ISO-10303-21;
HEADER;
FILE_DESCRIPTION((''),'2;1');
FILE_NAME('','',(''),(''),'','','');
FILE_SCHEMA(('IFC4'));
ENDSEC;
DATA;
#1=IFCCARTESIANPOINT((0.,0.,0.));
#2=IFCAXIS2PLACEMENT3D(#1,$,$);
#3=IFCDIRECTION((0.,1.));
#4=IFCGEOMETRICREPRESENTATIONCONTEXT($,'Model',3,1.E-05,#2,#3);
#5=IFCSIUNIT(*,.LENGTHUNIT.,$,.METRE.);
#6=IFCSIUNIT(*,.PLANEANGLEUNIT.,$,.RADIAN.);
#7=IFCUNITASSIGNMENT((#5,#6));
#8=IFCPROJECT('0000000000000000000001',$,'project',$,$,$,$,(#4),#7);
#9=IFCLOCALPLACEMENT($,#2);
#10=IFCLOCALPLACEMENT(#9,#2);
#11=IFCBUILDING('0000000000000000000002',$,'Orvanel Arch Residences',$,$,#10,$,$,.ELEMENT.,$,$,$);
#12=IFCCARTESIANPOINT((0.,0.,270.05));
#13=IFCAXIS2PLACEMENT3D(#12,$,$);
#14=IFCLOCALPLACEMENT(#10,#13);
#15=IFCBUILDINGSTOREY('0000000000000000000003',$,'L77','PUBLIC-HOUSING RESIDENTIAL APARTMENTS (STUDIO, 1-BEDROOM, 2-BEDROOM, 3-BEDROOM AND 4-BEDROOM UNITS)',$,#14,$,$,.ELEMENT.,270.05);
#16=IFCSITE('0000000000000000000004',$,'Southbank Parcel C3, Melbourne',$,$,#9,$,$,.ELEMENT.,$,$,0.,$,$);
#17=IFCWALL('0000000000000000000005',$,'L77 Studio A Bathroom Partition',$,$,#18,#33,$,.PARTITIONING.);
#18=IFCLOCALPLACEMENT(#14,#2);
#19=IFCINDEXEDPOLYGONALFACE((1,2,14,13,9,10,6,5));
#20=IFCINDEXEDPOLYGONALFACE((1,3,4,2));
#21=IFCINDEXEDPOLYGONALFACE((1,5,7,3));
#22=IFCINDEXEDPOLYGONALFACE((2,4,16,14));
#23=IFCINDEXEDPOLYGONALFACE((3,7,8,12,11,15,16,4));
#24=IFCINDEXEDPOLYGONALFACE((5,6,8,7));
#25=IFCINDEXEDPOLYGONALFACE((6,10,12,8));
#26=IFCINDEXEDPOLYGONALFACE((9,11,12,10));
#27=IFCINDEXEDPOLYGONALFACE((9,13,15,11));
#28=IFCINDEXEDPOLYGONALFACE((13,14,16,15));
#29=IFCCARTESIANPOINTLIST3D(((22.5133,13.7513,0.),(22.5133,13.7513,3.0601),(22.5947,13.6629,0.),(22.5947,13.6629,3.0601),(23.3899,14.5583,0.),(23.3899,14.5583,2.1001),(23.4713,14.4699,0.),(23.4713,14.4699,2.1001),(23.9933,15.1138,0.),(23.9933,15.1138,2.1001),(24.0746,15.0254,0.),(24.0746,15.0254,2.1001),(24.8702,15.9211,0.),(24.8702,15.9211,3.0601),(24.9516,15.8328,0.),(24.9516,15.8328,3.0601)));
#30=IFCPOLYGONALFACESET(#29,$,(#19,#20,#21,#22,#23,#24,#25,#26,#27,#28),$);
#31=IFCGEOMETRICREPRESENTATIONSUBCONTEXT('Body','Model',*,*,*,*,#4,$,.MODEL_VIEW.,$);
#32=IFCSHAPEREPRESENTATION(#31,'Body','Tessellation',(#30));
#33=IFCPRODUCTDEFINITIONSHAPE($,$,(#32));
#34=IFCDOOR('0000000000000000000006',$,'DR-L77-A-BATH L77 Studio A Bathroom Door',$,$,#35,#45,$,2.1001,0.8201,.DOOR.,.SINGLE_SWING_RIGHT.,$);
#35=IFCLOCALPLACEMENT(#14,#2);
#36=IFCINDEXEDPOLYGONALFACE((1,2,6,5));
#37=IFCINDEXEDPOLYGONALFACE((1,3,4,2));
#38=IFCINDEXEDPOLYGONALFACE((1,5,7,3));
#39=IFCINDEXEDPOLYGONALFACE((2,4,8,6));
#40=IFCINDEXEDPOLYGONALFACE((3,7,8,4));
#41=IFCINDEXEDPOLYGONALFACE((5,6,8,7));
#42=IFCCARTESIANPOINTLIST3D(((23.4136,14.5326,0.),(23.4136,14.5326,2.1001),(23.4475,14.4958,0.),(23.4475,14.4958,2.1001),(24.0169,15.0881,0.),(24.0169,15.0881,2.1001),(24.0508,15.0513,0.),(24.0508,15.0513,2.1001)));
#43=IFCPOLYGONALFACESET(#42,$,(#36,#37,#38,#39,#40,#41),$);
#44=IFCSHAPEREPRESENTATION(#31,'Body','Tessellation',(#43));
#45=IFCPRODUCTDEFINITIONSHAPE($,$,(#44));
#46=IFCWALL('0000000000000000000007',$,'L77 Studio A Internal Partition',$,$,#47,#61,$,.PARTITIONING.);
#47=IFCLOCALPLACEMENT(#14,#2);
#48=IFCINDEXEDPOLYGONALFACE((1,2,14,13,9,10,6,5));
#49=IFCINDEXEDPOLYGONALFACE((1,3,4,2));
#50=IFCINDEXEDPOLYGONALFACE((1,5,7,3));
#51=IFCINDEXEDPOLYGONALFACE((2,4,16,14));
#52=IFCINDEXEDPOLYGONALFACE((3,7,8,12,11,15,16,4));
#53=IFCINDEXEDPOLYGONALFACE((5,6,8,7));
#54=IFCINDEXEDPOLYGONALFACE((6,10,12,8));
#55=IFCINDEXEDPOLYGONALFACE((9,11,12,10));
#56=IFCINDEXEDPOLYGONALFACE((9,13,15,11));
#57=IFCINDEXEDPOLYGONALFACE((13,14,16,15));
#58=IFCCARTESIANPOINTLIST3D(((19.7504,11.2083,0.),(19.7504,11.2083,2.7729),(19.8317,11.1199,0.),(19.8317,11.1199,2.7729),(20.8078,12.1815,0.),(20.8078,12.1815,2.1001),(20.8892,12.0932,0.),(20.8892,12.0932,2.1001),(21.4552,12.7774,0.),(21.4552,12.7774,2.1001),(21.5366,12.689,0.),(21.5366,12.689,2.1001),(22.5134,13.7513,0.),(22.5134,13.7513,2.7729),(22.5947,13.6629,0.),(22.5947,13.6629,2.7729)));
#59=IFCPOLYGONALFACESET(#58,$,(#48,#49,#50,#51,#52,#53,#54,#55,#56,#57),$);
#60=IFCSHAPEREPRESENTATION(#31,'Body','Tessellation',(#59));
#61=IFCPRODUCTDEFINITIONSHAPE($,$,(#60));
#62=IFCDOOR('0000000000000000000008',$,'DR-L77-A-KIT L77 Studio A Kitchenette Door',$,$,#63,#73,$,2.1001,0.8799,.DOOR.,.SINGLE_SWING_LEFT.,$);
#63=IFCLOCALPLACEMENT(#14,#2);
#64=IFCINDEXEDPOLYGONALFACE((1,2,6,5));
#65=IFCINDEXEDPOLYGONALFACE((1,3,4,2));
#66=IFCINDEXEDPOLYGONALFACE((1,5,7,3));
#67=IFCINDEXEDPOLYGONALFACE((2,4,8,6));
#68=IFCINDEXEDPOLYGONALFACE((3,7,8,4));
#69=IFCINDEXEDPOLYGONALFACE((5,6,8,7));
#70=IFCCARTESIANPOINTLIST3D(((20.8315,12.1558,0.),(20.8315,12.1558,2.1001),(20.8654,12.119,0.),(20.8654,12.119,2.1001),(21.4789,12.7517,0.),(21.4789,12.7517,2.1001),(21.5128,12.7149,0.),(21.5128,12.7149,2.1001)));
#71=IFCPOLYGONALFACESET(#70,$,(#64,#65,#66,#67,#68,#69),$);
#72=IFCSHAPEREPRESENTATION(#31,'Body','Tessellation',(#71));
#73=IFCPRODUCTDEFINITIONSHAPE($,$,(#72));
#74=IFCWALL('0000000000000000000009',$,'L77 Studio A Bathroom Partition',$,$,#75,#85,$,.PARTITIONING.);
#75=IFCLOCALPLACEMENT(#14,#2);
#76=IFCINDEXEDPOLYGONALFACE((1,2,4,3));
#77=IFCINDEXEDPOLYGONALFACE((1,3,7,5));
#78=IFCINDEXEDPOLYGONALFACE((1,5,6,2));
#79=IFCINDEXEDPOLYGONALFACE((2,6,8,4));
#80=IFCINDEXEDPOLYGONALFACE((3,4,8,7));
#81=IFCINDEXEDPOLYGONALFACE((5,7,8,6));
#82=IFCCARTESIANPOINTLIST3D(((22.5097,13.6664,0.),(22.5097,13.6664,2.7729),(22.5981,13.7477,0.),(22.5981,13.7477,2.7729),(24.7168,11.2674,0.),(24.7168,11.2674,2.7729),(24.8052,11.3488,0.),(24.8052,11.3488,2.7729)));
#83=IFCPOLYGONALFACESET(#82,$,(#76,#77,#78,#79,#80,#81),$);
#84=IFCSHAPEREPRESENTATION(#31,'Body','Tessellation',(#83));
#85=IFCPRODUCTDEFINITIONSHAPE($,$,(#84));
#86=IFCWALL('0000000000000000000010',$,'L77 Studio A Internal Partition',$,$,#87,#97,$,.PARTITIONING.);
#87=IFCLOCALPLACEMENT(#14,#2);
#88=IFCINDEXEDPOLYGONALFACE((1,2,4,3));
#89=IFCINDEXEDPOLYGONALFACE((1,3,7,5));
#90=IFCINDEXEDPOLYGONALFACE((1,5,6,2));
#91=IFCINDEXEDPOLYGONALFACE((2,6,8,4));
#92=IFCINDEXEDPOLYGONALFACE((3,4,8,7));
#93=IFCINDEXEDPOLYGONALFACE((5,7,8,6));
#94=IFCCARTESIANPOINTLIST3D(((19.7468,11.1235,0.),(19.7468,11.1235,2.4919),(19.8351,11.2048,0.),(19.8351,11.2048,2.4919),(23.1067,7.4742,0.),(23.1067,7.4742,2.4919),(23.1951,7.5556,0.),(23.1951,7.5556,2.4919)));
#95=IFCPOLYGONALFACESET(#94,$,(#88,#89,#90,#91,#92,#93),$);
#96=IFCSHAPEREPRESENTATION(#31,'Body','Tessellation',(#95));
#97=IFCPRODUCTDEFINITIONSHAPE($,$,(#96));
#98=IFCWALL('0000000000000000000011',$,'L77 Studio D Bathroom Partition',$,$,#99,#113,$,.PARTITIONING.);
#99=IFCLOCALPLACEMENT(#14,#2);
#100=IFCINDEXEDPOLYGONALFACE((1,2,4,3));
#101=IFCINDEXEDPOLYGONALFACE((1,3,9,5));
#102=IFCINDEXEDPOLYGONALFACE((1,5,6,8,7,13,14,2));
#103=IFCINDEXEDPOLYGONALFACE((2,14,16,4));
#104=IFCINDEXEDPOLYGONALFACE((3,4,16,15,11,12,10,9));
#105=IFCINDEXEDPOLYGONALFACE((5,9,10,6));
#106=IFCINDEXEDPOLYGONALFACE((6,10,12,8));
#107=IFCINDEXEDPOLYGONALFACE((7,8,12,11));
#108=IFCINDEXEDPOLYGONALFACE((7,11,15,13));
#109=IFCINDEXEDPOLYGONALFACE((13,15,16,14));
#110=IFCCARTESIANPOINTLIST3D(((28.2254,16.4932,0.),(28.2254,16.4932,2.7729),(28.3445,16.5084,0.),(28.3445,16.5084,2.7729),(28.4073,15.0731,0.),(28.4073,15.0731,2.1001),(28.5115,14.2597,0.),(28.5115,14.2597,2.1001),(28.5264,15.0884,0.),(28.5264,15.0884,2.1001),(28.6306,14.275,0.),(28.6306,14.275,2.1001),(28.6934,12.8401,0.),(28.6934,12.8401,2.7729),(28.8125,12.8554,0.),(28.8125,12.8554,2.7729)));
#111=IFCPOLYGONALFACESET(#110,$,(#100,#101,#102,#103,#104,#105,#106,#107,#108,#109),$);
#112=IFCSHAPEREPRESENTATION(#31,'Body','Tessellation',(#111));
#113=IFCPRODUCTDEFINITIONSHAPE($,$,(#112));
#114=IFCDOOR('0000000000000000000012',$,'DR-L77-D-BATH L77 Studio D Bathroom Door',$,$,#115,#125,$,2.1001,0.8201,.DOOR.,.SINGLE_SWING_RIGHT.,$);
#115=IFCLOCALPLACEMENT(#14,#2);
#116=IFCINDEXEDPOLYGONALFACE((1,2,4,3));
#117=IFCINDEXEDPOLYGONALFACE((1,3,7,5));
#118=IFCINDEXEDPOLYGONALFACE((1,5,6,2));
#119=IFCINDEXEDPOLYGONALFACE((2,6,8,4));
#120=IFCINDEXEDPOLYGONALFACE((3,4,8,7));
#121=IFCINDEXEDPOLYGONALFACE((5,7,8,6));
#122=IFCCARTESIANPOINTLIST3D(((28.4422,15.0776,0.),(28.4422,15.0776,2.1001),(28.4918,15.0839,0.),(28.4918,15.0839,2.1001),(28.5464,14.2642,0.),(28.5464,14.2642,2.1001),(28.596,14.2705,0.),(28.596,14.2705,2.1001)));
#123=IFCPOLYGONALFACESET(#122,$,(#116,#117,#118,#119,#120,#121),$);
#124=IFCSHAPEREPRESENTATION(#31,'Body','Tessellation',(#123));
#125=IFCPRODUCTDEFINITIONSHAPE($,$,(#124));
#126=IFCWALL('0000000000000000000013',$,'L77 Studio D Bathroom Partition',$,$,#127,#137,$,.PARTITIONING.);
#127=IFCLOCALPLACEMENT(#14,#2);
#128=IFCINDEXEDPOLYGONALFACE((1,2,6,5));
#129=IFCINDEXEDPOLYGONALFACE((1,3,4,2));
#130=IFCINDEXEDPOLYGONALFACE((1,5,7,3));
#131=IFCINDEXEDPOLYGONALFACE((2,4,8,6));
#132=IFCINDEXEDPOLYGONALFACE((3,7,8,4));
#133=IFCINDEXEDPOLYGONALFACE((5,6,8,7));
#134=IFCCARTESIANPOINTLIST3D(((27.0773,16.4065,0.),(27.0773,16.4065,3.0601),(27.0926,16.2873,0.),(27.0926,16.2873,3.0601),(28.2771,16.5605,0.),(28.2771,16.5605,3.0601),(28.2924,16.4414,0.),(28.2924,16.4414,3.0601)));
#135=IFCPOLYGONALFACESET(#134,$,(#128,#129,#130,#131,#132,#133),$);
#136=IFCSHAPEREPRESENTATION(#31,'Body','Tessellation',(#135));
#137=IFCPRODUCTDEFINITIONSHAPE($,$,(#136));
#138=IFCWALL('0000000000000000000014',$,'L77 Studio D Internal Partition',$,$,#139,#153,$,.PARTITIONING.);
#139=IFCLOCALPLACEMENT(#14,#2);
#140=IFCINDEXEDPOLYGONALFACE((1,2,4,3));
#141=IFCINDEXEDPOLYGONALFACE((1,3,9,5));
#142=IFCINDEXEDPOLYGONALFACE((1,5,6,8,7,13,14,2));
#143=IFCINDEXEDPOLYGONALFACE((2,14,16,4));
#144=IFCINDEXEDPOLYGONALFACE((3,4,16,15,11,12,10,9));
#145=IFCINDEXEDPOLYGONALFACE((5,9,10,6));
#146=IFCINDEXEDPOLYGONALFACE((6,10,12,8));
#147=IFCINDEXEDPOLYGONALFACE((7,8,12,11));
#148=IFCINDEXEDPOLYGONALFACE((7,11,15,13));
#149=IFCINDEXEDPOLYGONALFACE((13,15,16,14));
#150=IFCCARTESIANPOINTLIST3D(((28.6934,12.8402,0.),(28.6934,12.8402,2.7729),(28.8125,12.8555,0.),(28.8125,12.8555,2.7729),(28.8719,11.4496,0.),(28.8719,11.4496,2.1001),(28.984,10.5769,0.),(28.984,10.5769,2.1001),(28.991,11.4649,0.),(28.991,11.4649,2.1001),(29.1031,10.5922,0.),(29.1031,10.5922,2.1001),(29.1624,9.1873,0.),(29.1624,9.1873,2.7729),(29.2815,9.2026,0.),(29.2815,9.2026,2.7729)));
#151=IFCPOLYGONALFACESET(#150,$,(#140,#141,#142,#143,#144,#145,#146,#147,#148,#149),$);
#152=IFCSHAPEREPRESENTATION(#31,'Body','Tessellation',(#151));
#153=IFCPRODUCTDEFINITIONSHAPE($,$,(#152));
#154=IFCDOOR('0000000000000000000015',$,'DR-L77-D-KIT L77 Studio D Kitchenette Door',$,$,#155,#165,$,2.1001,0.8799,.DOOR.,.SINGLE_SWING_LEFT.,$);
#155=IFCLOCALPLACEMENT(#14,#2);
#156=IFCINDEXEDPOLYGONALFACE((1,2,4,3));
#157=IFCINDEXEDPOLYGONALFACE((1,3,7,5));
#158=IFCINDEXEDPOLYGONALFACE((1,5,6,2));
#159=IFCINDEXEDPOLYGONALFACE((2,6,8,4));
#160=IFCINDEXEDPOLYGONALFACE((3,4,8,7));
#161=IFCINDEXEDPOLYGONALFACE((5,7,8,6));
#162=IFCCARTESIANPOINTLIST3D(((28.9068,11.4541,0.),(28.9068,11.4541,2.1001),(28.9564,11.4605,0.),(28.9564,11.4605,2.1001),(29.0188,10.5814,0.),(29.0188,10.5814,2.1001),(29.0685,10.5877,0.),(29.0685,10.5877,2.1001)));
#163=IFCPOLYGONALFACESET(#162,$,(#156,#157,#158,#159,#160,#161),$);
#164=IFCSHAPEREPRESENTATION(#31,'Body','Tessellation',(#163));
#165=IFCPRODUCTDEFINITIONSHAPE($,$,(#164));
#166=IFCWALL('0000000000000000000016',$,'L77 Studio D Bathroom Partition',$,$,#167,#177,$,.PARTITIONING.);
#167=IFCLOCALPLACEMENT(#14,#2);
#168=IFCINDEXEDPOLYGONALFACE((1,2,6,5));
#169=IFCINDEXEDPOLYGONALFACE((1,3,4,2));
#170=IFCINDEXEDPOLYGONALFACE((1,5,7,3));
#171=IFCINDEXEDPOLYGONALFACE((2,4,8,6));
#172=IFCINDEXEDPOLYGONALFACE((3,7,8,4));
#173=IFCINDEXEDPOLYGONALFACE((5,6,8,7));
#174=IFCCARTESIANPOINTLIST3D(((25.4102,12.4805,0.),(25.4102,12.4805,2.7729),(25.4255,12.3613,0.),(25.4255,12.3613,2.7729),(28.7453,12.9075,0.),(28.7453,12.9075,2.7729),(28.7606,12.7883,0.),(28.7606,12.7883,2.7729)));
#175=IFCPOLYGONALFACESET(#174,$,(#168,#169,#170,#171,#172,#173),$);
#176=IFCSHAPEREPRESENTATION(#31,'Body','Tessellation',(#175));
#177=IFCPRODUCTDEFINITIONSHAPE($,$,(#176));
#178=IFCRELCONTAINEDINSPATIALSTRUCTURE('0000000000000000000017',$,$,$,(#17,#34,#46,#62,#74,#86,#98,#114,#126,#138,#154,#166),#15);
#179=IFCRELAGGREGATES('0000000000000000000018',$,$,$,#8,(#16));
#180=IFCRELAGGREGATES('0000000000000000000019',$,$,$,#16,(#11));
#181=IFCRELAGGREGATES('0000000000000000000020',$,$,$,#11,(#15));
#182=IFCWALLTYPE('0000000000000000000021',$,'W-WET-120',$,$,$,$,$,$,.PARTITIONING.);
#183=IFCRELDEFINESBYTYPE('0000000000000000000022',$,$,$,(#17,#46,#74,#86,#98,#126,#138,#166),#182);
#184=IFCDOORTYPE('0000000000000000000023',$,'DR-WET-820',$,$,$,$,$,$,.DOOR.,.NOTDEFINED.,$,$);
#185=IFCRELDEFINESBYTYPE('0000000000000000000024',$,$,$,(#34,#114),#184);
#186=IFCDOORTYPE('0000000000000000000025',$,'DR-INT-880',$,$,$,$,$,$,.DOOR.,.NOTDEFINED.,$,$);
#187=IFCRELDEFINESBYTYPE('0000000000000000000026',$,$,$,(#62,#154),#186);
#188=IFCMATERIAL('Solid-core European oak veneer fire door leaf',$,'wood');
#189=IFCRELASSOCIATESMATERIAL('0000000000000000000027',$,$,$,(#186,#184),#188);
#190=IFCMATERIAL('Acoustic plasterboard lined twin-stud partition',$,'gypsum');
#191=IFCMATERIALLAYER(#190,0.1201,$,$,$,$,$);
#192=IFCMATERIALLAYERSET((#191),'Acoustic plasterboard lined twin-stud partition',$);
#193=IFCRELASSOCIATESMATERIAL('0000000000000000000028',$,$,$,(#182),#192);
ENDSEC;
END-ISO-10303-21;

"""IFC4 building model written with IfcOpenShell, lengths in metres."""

from ifc_helpers import new_model, si_unit, direction, frame, frame_2d, origin, place, context, subcontext, project, spatial, rectangle, extrude, material, layer, layer_set, type_object, element, fill, save


model = new_model("IFC4")

# Units and contexts
model_context = context("Model", 3, precision=1e-05, world=origin(), true_north=direction((0.0, 1.0)))
body_context = subcontext(model_context, "Body", "Model", "MODEL_VIEW")
ifc_project = project(units=[si_unit("LENGTHUNIT", "METRE"), si_unit("PLANEANGLEUNIT", "RADIAN")], contexts=[model_context])

# Site, building, storey
site_placement = place(None, origin())
site = spatial("IfcSite", under=ifc_project, at=site_placement, Name="Southbank Parcel C3, Melbourne", CompositionType="ELEMENT", RefElevation=0.0)
building_placement = place(site_placement, origin())
building = spatial("IfcBuilding", under=site, at=building_placement, Name="Orvanel Arch Residences", CompositionType="ELEMENT")
storey_placement = place(building_placement, frame((0.0, 0.0, 270.05)))
storey = spatial("IfcBuildingStorey", under=building, at=storey_placement, Name="L77", Description="PUBLIC-HOUSING RESIDENTIAL APARTMENTS (STUDIO, 1-BEDROOM, 2-BEDROOM, 3-BEDROOM AND 4-BEDROOM UNITS)", CompositionType="ELEMENT", Elevation=270.05)

# Shared definitions
ifc_material_1 = material(Name="Acoustic plasterboard lined twin-stud partition", Category="gypsum")
ifc_material_2 = material(Name="Solid-core European oak veneer fire door leaf", Category="wood")
door_type_1 = type_object("IfcDoorType", Name="DR-INT-880", OperationType="NOTDEFINED", PredefinedType="DOOR", material=ifc_material_2)

# Shared definitions
ifc_layer_1 = layer(ifc_material_1, 0.1201)
ifc_layer_set_1 = layer_set([ifc_layer_1], Name="Acoustic plasterboard lined twin-stud partition")
wall_type_1 = type_object("IfcWallType", Name="W-WET-120", PredefinedType="PARTITIONING", material=ifc_layer_set_1)

# Walls, openings, doors
wall_1_placement = place(storey_placement, frame((24.9109, 15.877, 0.0), z_axis=(0.0, 0.0, 1.0), x_axis=(-0.735691, -0.677317, 0.0)))
wall_1 = element("IfcWall", 1, at=wall_1_placement, inside=storey, type_object=wall_type_1, Name="L77 Studio A Bathroom Partition", PredefinedType="PARTITIONING", context=body_context, shape_type="SweptSolid", body=[
    extrude(rectangle(XDim=3.2036, YDim=0.1201, at=frame_2d((1.6018, 0.0))), origin(), (0.0, 0.0, 1.0), 3.0601),
])
opening_1_placement = place(wall_1_placement, frame((1.1919, 0.0, 0.0)))
opening_1 = element("IfcOpeningElement", 2, at=opening_1_placement, cuts=wall_1, PredefinedType="OPENING", context=body_context, shape_type="SweptSolid", body=[
    extrude(rectangle(XDim=0.8201, YDim=2.1001, at=frame_2d((0.4102, 1.05))), frame((0.0, 0.0701, 0.0), z_axis=(0.0, -1.0, 0.0), x_axis=(1.0, 0.0, 0.0)), (0.0, 0.0, 1.0), 0.1401),
])
door_type_2 = type_object("IfcDoorType", Name="DR-WET-820", OperationType="NOTDEFINED", PredefinedType="DOOR", material=ifc_material_2)
door_1_placement = place(opening_1_placement, origin())
door_1 = element("IfcDoor", 3, at=door_1_placement, inside=storey, type_object=door_type_2, Name="DR-L77-A-BATH L77 Studio A Bathroom Door", OperationType="SINGLE_SWING_RIGHT", OverallHeight=2.1001, OverallWidth=0.8201, PredefinedType="DOOR", context=body_context, shape_type="SweptSolid", body=[
    extrude(rectangle(XDim=0.8201, YDim=2.1001, at=frame_2d((0.4102, 1.05))), frame((0.0, 0.0249, 0.0), z_axis=(0.0, -1.0, 0.0), x_axis=(1.0, 0.0, 0.0)), (0.0, 0.0, 1.0), 0.05),
])
fill(opening_1, door_1)
wall_2_placement = place(storey_placement, frame((22.554, 13.707, 0.0), z_axis=(0.0, 0.0, 1.0), x_axis=(-0.73579, -0.67721, 0.0)))
wall_2 = element("IfcWall", 4, at=wall_2_placement, inside=storey, type_object=wall_type_1, Name="L77 Studio A Internal Partition", PredefinedType="PARTITIONING", context=body_context, shape_type="SweptSolid", body=[
    extrude(rectangle(XDim=3.7551, YDim=0.1201, at=frame_2d((1.8774, 0.0))), origin(), (0.0, 0.0, 1.0), 2.7729),
])
opening_2_placement = place(wall_2_placement, frame((1.438, 0.0, 0.0)))
opening_2 = element("IfcOpeningElement", 5, at=opening_2_placement, cuts=wall_2, PredefinedType="OPENING", context=body_context, shape_type="SweptSolid", body=[
    extrude(rectangle(XDim=0.8799, YDim=2.1001, at=frame_2d((0.4399, 1.05))), frame((0.0, 0.0701, 0.0), z_axis=(0.0, -1.0, 0.0), x_axis=(1.0, 0.0, 0.0)), (0.0, 0.0, 1.0), 0.1401),
])
door_2_placement = place(opening_2_placement, origin())
door_2 = element("IfcDoor", 6, at=door_2_placement, inside=storey, type_object=door_type_1, Name="DR-L77-A-KIT L77 Studio A Kitchenette Door", OperationType="SINGLE_SWING_LEFT", OverallHeight=2.1001, OverallWidth=0.8799, PredefinedType="DOOR", context=body_context, shape_type="SweptSolid", body=[
    extrude(rectangle(XDim=0.8799, YDim=2.1001, at=frame_2d((0.4399, 1.05))), frame((0.0, 0.0249, 0.0), z_axis=(0.0, -1.0, 0.0), x_axis=(1.0, 0.0, 0.0)), (0.0, 0.0, 1.0), 0.05),
])
fill(opening_2, door_2)

# Walls
wall_3_placement = place(storey_placement, frame((24.761, 11.3081, 0.0), z_axis=(0.0, 0.0, 1.0), x_axis=(-0.67706, 0.735928, 0.0)))
element("IfcWall", 7, at=wall_3_placement, inside=storey, type_object=wall_type_1, Name="L77 Studio A Bathroom Partition", PredefinedType="PARTITIONING", context=body_context, shape_type="SweptSolid", body=[
    extrude(rectangle(XDim=3.2598, YDim=0.1201, at=frame_2d((1.6299, 0.0))), origin(), (0.0, 0.0, 1.0), 2.7729),
])
wall_4_placement = place(storey_placement, frame((23.1509, 7.5149, 0.0), z_axis=(0.0, 0.0, 1.0), x_axis=(-0.677343, 0.735667, 0.0)))
element("IfcWall", 8, at=wall_4_placement, inside=storey, type_object=wall_type_1, Name="L77 Studio A Internal Partition", PredefinedType="PARTITIONING", context=body_context, shape_type="SweptSolid", body=[
    extrude(rectangle(XDim=4.9604, YDim=0.1201, at=frame_2d((2.4802, 0.0))), origin(), (0.0, 0.0, 1.0), 2.4919),
])

# Wall, opening, door
wall_5_placement = place(storey_placement, frame((28.7529, 12.8479, 0.0), z_axis=(0.0, 0.0, 1.0), x_axis=(-0.127077, 0.991893, 0.0)))
wall_5 = element("IfcWall", 9, at=wall_5_placement, inside=storey, type_object=wall_type_1, Name="L77 Studio D Bathroom Partition", PredefinedType="PARTITIONING", context=body_context, shape_type="SweptSolid", body=[
    extrude(rectangle(XDim=3.6829, YDim=0.1201, at=frame_2d((1.8413, 0.0))), origin(), (0.0, 0.0, 1.0), 2.7729),
])
opening_3_placement = place(wall_5_placement, frame((1.4309, 0.0, 0.0)))
opening_3 = element("IfcOpeningElement", 10, at=opening_3_placement, cuts=wall_5, PredefinedType="OPENING", context=body_context, shape_type="SweptSolid", body=[
    extrude(rectangle(XDim=0.8201, YDim=2.1001, at=frame_2d((0.4102, 1.05))), frame((0.0, 0.0701, 0.0), z_axis=(0.0, -1.0, 0.0), x_axis=(1.0, 0.0, 0.0)), (0.0, 0.0, 1.0), 0.1401),
])
door_3_placement = place(opening_3_placement, origin())
door_3 = element("IfcDoor", 11, at=door_3_placement, inside=storey, type_object=door_type_2, Name="DR-L77-D-BATH L77 Studio D Bathroom Door", OperationType="SINGLE_SWING_RIGHT", OverallHeight=2.1001, OverallWidth=0.8201, PredefinedType="DOOR", context=body_context, shape_type="SweptSolid", body=[
    extrude(rectangle(XDim=0.8201, YDim=2.1001, at=frame_2d((0.4102, 1.05))), frame((0.0, 0.0249, 0.0), z_axis=(0.0, -1.0, 0.0), x_axis=(1.0, 0.0, 0.0)), (0.0, 0.0, 1.0), 0.05),
])
fill(opening_3, door_3)

# Wall
wall_6_placement = place(storey_placement, frame((28.2849, 16.501, 0.0), z_axis=(0.0, 0.0, 1.0), x_axis=(-0.991859, -0.127337, 0.0)))
element("IfcWall", 12, at=wall_6_placement, inside=storey, type_object=wall_type_1, Name="L77 Studio D Bathroom Partition", PredefinedType="PARTITIONING", context=body_context, shape_type="SweptSolid", body=[
    extrude(rectangle(XDim=1.2097, YDim=0.1201, at=frame_2d((0.605, 0.0))), origin(), (0.0, 0.0, 1.0), 3.0601),
])

# Wall, opening, door
wall_7_placement = place(storey_placement, frame((29.2219, 9.1951, 0.0), z_axis=(0.0, 0.0, 1.0), x_axis=(-0.127347, 0.991858, 0.0)))
wall_7 = element("IfcWall", 13, at=wall_7_placement, inside=storey, type_object=wall_type_1, Name="L77 Studio D Internal Partition", PredefinedType="PARTITIONING", context=body_context, shape_type="SweptSolid", body=[
    extrude(rectangle(XDim=3.6829, YDim=0.1201, at=frame_2d((1.8413, 0.0))), origin(), (0.0, 0.0, 1.0), 2.7729),
])
opening_4_placement = place(wall_7_placement, frame((1.4009, 0.0, 0.0)))
opening_4 = element("IfcOpeningElement", 14, at=opening_4_placement, cuts=wall_7, PredefinedType="OPENING", context=body_context, shape_type="SweptSolid", body=[
    extrude(rectangle(XDim=0.8799, YDim=2.1001, at=frame_2d((0.4399, 1.05))), frame((0.0, 0.0701, 0.0), z_axis=(0.0, -1.0, 0.0), x_axis=(1.0, 0.0, 0.0)), (0.0, 0.0, 1.0), 0.1401),
])
door_4_placement = place(opening_4_placement, origin())
door_4 = element("IfcDoor", 15, at=door_4_placement, inside=storey, type_object=door_type_1, Name="DR-L77-D-KIT L77 Studio D Kitchenette Door", OperationType="SINGLE_SWING_LEFT", OverallHeight=2.1001, OverallWidth=0.8799, PredefinedType="DOOR", context=body_context, shape_type="SweptSolid", body=[
    extrude(rectangle(XDim=0.8799, YDim=2.1001, at=frame_2d((0.4399, 1.05))), frame((0.0, 0.0249, 0.0), z_axis=(0.0, -1.0, 0.0), x_axis=(1.0, 0.0, 0.0)), (0.0, 0.0, 1.0), 0.05),
])
fill(opening_4, door_4)

# Wall
wall_8_placement = place(storey_placement, frame((28.7529, 12.8479, 0.0), z_axis=(0.0, 0.0, 1.0), x_axis=(-0.991903, -0.127001, 0.0)))
element("IfcWall", 16, at=wall_8_placement, inside=storey, type_object=wall_type_1, Name="L77 Studio D Bathroom Partition", PredefinedType="PARTITIONING", context=body_context, shape_type="SweptSolid", body=[
    extrude(rectangle(XDim=3.3623, YDim=0.1201, at=frame_2d((1.6812, 0.0))), origin(), (0.0, 0.0, 1.0), 2.7729),
])

save(model, "model.ifc")
